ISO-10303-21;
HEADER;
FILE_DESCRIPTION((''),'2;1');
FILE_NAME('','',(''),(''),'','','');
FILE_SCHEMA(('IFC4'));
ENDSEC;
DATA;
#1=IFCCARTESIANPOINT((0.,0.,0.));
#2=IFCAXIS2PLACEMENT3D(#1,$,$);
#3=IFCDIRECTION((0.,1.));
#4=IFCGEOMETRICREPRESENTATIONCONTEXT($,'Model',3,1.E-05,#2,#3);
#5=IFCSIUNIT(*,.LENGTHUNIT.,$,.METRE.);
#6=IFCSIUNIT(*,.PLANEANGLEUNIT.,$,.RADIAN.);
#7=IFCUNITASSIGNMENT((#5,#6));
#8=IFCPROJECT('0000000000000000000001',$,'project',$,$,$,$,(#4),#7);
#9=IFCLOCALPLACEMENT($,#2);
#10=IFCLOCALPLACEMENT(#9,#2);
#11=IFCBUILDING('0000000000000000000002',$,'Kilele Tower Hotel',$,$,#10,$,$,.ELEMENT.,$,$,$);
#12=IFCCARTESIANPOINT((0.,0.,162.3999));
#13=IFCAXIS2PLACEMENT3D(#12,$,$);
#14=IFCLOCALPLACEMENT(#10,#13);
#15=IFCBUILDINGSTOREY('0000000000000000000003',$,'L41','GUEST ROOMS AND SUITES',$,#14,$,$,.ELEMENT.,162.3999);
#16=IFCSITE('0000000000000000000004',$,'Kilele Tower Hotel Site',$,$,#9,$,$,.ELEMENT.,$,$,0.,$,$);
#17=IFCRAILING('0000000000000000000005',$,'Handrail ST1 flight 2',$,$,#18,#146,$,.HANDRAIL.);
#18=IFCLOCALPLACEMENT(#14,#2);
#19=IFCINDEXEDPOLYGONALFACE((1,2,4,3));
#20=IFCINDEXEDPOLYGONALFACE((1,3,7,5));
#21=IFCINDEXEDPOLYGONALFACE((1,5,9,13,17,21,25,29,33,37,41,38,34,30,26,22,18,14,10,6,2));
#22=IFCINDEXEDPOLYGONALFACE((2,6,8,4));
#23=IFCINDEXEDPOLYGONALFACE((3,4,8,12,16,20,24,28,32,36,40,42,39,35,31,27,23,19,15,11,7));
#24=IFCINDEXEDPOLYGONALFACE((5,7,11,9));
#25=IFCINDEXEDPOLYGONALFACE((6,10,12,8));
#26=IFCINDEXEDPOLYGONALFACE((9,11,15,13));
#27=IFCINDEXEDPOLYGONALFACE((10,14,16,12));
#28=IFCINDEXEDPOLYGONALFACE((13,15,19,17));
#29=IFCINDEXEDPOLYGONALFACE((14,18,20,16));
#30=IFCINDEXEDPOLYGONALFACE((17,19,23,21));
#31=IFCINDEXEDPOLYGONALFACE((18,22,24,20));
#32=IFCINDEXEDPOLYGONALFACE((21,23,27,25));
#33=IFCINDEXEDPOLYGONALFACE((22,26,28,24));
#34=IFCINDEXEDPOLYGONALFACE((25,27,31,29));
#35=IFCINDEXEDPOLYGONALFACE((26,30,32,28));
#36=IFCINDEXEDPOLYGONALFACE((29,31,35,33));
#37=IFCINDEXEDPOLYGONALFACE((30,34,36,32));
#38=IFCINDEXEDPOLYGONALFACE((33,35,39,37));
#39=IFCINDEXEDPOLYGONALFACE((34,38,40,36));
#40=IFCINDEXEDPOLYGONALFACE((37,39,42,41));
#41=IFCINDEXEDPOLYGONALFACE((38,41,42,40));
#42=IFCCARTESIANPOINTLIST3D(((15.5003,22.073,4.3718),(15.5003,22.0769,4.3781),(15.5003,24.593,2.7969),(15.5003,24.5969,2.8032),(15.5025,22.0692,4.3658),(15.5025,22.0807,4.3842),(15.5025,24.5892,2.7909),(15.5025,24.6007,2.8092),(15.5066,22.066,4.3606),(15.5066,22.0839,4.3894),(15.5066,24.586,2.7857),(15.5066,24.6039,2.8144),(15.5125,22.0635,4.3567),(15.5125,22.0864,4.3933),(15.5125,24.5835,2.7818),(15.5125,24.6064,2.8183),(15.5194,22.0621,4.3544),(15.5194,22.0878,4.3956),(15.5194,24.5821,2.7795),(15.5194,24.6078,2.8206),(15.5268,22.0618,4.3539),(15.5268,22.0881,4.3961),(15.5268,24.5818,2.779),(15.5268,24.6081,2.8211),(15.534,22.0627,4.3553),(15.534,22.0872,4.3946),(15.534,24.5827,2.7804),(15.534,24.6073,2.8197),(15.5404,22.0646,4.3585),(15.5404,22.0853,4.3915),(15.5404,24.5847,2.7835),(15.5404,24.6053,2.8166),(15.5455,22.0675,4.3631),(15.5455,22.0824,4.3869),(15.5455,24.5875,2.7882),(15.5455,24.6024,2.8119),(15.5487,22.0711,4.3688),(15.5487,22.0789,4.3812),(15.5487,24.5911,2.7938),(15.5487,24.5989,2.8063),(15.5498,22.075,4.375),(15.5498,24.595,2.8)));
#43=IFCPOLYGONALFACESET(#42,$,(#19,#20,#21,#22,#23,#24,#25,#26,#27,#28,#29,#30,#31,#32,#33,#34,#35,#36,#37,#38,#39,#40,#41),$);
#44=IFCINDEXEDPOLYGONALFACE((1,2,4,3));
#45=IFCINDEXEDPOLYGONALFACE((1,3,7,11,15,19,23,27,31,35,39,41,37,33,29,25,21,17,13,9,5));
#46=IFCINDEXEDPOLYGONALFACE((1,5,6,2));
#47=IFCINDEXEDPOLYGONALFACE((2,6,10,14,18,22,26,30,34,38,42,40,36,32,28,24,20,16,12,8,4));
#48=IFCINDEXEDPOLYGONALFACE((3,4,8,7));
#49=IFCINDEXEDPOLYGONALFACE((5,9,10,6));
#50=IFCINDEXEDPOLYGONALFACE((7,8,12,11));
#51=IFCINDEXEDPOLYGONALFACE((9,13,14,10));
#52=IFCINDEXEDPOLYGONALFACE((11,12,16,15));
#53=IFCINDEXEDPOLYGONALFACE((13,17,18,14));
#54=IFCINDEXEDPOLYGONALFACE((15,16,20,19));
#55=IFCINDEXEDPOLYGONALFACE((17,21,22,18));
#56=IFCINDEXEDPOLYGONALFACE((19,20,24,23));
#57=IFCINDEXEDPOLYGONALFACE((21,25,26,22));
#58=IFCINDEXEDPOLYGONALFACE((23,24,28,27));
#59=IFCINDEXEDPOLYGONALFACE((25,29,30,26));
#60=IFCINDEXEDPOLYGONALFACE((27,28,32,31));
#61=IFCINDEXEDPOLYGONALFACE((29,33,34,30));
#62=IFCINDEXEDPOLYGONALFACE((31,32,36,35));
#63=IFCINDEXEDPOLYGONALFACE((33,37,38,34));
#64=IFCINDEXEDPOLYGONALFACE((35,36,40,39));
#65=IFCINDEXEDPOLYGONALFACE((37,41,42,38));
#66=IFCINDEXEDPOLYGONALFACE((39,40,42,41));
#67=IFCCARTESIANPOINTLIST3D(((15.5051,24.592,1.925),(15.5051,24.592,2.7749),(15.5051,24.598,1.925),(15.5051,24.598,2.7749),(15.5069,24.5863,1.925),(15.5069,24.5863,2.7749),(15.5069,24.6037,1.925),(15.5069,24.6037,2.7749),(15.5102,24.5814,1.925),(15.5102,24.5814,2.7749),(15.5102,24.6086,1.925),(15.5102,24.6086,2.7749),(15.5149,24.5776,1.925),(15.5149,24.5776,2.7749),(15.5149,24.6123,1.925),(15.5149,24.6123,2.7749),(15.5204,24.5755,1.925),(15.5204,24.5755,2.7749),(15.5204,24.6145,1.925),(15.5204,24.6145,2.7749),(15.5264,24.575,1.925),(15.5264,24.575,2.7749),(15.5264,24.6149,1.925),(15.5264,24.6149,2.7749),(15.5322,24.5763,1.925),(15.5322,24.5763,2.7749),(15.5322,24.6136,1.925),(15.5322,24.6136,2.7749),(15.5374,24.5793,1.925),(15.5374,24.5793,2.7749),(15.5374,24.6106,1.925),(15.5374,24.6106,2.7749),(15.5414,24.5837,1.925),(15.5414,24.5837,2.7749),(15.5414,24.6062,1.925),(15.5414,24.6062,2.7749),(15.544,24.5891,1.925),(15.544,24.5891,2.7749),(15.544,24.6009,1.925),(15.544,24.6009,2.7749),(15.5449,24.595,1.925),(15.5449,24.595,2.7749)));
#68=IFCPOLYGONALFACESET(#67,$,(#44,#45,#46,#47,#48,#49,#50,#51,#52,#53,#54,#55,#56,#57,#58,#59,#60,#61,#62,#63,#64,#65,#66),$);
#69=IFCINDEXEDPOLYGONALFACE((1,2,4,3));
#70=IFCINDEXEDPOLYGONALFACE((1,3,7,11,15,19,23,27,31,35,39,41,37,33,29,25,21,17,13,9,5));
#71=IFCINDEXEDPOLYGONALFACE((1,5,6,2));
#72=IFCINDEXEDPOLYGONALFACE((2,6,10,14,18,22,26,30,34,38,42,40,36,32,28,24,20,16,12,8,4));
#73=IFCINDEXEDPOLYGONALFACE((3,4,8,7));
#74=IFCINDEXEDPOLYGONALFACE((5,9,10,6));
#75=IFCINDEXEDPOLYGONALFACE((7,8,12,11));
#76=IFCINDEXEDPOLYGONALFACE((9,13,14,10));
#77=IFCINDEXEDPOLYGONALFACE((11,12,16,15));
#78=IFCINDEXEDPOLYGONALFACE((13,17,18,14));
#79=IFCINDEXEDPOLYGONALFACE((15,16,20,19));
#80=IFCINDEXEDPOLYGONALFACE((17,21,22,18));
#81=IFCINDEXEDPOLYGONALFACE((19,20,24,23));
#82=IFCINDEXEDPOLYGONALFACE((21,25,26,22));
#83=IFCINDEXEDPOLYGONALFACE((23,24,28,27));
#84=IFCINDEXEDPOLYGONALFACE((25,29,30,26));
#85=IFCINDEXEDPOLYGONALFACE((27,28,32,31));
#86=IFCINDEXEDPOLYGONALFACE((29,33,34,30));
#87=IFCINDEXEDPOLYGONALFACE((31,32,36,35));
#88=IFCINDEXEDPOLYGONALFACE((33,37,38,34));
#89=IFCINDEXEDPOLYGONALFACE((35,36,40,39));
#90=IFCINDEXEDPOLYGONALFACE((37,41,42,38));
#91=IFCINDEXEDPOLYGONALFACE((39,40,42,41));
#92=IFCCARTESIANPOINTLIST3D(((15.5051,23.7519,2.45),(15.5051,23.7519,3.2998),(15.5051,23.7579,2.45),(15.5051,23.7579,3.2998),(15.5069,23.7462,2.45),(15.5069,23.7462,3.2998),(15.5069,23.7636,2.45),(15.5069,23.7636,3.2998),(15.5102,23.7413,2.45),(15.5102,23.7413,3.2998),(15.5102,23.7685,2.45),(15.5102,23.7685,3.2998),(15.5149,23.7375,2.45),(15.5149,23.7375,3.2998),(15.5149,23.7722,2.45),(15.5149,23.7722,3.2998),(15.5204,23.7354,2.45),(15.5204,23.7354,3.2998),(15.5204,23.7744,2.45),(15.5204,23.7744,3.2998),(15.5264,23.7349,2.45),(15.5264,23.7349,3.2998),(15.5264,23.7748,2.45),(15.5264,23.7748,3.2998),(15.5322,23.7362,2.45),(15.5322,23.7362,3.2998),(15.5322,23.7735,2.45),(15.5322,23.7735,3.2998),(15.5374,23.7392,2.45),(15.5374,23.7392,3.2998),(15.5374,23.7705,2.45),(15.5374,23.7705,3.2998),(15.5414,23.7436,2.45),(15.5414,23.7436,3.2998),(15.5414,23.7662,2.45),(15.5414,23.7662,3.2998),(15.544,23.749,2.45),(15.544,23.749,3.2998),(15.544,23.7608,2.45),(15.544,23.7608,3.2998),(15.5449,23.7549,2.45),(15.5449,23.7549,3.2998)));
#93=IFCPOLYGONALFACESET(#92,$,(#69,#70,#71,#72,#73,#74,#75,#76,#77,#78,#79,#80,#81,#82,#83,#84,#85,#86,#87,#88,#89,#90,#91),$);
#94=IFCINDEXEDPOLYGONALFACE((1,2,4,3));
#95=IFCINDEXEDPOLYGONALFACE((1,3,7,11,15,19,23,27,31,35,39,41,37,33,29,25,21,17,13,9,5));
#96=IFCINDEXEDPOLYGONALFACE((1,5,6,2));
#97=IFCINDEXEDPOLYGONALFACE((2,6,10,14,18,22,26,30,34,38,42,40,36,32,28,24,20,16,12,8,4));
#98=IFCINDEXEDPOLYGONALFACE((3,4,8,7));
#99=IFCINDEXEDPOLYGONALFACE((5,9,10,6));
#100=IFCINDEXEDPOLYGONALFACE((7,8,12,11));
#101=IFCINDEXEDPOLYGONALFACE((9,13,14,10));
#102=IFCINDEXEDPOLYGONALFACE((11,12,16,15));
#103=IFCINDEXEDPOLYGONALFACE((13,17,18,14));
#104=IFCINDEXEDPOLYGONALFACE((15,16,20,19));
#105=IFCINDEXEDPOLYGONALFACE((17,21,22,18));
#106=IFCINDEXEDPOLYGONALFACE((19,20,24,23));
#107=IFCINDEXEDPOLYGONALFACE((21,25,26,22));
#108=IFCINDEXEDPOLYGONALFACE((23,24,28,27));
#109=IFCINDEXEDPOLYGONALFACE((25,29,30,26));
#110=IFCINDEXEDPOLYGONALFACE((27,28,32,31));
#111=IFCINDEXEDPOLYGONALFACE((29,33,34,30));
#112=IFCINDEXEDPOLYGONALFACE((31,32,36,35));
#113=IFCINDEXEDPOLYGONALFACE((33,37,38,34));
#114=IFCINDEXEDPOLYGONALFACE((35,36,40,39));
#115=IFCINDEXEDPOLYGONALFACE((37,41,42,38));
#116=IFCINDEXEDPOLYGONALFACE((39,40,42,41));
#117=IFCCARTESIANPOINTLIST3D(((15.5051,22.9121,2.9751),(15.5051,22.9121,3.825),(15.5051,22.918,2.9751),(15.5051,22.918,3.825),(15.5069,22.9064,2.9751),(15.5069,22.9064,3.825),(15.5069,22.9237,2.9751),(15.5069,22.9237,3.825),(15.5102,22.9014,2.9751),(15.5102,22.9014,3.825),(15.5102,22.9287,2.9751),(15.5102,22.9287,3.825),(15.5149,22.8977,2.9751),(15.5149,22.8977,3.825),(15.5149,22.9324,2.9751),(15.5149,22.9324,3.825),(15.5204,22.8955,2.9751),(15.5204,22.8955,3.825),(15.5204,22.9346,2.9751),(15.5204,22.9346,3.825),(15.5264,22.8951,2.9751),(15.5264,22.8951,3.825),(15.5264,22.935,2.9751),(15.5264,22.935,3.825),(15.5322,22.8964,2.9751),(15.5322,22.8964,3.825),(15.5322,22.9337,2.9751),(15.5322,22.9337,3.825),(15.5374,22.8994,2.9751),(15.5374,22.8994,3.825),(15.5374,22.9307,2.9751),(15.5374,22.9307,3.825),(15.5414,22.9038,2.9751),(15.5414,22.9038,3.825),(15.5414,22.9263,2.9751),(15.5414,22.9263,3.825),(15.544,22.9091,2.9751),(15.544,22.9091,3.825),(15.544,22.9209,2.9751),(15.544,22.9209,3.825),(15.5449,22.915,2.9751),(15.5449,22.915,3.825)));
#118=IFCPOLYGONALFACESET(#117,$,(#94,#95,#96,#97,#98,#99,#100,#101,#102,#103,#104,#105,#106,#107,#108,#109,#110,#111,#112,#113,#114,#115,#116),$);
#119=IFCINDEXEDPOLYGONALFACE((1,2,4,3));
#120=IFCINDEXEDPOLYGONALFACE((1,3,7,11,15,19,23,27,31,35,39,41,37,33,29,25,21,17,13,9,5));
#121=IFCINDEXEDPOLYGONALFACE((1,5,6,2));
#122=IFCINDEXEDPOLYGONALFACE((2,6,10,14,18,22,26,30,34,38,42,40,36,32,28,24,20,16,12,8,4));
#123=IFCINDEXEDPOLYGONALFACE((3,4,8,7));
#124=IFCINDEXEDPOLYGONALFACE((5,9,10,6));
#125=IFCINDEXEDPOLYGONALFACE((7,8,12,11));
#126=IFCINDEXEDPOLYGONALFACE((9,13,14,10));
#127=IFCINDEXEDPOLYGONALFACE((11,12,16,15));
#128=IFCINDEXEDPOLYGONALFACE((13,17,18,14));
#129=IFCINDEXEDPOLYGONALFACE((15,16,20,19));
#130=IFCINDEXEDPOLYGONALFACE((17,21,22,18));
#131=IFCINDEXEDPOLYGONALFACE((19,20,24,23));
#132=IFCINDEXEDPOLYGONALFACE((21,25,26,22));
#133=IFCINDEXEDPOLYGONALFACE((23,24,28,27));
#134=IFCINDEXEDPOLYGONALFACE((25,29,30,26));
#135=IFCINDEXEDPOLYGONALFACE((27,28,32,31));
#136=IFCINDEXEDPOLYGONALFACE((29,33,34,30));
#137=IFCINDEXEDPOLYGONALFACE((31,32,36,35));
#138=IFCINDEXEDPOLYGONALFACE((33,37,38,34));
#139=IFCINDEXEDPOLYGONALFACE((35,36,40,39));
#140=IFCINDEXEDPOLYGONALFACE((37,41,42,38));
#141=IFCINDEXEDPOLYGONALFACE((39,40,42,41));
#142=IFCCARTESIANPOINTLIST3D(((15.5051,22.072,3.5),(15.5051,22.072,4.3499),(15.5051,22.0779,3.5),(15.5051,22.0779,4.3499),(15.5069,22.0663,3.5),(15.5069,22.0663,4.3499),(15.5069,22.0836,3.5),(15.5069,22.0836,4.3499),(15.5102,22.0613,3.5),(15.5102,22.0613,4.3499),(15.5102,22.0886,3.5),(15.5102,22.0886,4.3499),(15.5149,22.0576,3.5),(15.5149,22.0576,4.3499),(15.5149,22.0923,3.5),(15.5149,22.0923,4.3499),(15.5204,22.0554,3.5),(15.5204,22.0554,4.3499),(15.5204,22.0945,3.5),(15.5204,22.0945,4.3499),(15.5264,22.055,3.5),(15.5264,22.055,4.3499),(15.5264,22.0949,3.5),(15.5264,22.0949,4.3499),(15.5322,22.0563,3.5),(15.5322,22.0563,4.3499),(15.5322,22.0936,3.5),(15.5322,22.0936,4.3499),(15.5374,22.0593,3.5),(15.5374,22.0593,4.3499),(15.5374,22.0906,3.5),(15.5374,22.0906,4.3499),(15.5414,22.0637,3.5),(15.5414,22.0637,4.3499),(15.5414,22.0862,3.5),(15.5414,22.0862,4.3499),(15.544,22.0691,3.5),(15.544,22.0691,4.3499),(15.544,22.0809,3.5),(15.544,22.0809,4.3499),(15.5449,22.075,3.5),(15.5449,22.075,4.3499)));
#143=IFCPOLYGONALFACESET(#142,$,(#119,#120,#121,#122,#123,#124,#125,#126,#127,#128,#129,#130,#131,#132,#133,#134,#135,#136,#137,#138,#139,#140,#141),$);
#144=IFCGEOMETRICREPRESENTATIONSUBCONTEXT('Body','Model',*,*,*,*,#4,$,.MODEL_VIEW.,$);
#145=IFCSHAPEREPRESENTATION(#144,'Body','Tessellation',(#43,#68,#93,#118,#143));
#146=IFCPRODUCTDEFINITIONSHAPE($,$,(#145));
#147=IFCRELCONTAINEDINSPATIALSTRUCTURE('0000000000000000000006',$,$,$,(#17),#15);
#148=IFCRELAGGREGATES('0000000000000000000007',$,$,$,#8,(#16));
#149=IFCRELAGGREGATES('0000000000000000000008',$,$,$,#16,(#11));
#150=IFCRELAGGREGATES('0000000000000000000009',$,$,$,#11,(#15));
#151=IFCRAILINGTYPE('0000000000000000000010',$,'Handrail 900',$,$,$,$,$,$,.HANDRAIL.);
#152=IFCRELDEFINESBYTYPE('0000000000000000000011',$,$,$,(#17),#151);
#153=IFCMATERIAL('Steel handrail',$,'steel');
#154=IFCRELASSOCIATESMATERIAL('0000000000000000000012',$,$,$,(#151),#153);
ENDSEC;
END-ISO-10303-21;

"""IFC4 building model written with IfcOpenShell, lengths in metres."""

from ifc_helpers import new_model, si_unit, direction, frame, origin, origin_2d, place, context, subcontext, project, spatial, circle, extrude, material, type_object, element, save


model = new_model("IFC4")

# Units and contexts
model_context = context("Model", 3, precision=1e-05, world=origin(), true_north=direction((0.0, 1.0)))
body_context = subcontext(model_context, "Body", "Model", "MODEL_VIEW")
ifc_project = project(units=[si_unit("LENGTHUNIT", "METRE"), si_unit("PLANEANGLEUNIT", "RADIAN")], contexts=[model_context])

# Site, building, storey
site_placement = place(None, origin())
site = spatial("IfcSite", under=ifc_project, at=site_placement, Name="Kilele Tower Hotel Site", CompositionType="ELEMENT", RefElevation=0.0)
building_placement = place(site_placement, origin())
building = spatial("IfcBuilding", under=site, at=building_placement, Name="Kilele Tower Hotel", CompositionType="ELEMENT")
storey_placement = place(building_placement, frame((0.0, 0.0, 162.3999)))
storey = spatial("IfcBuildingStorey", under=building, at=storey_placement, Name="L41", Description="GUEST ROOMS AND SUITES", CompositionType="ELEMENT", Elevation=162.3999)

# Railing
ifc_material_1 = material(Name="Steel handrail", Category="steel")
railing_type_1 = type_object("IfcRailingType", Name="Handrail 900", PredefinedType="HANDRAIL", material=ifc_material_1)
for number, where, name in (
    (1, (15.5249, 24.595, 1.925), "Handrail ST1 flight 2"),
):
    element("IfcRailing", number, at=place(storey_placement, frame(where)), inside=storey, type_object=railing_type_1, Name=name, PredefinedType="HANDRAIL", context=body_context, shape_type="SweptSolid", body=[
        extrude(circle(Radius=0.0249, at=origin_2d()), frame((0.0, 0.0, 0.875), z_axis=(0.0, -0.848008, 0.529984), x_axis=(1.0, 0.0, 0.0)), (0.0, 0.0, 1.0), 2.9717),
        extrude(circle(Radius=0.02, at=origin_2d()), origin(), (0.0, 0.0, 1.0), 0.8499),
        extrude(circle(Radius=0.02, at=origin_2d()), frame((0.0, -0.8401, 0.5249)), (0.0, 0.0, 1.0), 0.8499),
        extrude(circle(Radius=0.02, at=origin_2d()), frame((0.0, -1.6799, 1.05)), (0.0, 0.0, 1.0), 0.8499),
        extrude(circle(Radius=0.02, at=origin_2d()), frame((0.0, -2.52, 1.575)), (0.0, 0.0, 1.0), 0.8499),
    ])

save(model, "model.ifc")
